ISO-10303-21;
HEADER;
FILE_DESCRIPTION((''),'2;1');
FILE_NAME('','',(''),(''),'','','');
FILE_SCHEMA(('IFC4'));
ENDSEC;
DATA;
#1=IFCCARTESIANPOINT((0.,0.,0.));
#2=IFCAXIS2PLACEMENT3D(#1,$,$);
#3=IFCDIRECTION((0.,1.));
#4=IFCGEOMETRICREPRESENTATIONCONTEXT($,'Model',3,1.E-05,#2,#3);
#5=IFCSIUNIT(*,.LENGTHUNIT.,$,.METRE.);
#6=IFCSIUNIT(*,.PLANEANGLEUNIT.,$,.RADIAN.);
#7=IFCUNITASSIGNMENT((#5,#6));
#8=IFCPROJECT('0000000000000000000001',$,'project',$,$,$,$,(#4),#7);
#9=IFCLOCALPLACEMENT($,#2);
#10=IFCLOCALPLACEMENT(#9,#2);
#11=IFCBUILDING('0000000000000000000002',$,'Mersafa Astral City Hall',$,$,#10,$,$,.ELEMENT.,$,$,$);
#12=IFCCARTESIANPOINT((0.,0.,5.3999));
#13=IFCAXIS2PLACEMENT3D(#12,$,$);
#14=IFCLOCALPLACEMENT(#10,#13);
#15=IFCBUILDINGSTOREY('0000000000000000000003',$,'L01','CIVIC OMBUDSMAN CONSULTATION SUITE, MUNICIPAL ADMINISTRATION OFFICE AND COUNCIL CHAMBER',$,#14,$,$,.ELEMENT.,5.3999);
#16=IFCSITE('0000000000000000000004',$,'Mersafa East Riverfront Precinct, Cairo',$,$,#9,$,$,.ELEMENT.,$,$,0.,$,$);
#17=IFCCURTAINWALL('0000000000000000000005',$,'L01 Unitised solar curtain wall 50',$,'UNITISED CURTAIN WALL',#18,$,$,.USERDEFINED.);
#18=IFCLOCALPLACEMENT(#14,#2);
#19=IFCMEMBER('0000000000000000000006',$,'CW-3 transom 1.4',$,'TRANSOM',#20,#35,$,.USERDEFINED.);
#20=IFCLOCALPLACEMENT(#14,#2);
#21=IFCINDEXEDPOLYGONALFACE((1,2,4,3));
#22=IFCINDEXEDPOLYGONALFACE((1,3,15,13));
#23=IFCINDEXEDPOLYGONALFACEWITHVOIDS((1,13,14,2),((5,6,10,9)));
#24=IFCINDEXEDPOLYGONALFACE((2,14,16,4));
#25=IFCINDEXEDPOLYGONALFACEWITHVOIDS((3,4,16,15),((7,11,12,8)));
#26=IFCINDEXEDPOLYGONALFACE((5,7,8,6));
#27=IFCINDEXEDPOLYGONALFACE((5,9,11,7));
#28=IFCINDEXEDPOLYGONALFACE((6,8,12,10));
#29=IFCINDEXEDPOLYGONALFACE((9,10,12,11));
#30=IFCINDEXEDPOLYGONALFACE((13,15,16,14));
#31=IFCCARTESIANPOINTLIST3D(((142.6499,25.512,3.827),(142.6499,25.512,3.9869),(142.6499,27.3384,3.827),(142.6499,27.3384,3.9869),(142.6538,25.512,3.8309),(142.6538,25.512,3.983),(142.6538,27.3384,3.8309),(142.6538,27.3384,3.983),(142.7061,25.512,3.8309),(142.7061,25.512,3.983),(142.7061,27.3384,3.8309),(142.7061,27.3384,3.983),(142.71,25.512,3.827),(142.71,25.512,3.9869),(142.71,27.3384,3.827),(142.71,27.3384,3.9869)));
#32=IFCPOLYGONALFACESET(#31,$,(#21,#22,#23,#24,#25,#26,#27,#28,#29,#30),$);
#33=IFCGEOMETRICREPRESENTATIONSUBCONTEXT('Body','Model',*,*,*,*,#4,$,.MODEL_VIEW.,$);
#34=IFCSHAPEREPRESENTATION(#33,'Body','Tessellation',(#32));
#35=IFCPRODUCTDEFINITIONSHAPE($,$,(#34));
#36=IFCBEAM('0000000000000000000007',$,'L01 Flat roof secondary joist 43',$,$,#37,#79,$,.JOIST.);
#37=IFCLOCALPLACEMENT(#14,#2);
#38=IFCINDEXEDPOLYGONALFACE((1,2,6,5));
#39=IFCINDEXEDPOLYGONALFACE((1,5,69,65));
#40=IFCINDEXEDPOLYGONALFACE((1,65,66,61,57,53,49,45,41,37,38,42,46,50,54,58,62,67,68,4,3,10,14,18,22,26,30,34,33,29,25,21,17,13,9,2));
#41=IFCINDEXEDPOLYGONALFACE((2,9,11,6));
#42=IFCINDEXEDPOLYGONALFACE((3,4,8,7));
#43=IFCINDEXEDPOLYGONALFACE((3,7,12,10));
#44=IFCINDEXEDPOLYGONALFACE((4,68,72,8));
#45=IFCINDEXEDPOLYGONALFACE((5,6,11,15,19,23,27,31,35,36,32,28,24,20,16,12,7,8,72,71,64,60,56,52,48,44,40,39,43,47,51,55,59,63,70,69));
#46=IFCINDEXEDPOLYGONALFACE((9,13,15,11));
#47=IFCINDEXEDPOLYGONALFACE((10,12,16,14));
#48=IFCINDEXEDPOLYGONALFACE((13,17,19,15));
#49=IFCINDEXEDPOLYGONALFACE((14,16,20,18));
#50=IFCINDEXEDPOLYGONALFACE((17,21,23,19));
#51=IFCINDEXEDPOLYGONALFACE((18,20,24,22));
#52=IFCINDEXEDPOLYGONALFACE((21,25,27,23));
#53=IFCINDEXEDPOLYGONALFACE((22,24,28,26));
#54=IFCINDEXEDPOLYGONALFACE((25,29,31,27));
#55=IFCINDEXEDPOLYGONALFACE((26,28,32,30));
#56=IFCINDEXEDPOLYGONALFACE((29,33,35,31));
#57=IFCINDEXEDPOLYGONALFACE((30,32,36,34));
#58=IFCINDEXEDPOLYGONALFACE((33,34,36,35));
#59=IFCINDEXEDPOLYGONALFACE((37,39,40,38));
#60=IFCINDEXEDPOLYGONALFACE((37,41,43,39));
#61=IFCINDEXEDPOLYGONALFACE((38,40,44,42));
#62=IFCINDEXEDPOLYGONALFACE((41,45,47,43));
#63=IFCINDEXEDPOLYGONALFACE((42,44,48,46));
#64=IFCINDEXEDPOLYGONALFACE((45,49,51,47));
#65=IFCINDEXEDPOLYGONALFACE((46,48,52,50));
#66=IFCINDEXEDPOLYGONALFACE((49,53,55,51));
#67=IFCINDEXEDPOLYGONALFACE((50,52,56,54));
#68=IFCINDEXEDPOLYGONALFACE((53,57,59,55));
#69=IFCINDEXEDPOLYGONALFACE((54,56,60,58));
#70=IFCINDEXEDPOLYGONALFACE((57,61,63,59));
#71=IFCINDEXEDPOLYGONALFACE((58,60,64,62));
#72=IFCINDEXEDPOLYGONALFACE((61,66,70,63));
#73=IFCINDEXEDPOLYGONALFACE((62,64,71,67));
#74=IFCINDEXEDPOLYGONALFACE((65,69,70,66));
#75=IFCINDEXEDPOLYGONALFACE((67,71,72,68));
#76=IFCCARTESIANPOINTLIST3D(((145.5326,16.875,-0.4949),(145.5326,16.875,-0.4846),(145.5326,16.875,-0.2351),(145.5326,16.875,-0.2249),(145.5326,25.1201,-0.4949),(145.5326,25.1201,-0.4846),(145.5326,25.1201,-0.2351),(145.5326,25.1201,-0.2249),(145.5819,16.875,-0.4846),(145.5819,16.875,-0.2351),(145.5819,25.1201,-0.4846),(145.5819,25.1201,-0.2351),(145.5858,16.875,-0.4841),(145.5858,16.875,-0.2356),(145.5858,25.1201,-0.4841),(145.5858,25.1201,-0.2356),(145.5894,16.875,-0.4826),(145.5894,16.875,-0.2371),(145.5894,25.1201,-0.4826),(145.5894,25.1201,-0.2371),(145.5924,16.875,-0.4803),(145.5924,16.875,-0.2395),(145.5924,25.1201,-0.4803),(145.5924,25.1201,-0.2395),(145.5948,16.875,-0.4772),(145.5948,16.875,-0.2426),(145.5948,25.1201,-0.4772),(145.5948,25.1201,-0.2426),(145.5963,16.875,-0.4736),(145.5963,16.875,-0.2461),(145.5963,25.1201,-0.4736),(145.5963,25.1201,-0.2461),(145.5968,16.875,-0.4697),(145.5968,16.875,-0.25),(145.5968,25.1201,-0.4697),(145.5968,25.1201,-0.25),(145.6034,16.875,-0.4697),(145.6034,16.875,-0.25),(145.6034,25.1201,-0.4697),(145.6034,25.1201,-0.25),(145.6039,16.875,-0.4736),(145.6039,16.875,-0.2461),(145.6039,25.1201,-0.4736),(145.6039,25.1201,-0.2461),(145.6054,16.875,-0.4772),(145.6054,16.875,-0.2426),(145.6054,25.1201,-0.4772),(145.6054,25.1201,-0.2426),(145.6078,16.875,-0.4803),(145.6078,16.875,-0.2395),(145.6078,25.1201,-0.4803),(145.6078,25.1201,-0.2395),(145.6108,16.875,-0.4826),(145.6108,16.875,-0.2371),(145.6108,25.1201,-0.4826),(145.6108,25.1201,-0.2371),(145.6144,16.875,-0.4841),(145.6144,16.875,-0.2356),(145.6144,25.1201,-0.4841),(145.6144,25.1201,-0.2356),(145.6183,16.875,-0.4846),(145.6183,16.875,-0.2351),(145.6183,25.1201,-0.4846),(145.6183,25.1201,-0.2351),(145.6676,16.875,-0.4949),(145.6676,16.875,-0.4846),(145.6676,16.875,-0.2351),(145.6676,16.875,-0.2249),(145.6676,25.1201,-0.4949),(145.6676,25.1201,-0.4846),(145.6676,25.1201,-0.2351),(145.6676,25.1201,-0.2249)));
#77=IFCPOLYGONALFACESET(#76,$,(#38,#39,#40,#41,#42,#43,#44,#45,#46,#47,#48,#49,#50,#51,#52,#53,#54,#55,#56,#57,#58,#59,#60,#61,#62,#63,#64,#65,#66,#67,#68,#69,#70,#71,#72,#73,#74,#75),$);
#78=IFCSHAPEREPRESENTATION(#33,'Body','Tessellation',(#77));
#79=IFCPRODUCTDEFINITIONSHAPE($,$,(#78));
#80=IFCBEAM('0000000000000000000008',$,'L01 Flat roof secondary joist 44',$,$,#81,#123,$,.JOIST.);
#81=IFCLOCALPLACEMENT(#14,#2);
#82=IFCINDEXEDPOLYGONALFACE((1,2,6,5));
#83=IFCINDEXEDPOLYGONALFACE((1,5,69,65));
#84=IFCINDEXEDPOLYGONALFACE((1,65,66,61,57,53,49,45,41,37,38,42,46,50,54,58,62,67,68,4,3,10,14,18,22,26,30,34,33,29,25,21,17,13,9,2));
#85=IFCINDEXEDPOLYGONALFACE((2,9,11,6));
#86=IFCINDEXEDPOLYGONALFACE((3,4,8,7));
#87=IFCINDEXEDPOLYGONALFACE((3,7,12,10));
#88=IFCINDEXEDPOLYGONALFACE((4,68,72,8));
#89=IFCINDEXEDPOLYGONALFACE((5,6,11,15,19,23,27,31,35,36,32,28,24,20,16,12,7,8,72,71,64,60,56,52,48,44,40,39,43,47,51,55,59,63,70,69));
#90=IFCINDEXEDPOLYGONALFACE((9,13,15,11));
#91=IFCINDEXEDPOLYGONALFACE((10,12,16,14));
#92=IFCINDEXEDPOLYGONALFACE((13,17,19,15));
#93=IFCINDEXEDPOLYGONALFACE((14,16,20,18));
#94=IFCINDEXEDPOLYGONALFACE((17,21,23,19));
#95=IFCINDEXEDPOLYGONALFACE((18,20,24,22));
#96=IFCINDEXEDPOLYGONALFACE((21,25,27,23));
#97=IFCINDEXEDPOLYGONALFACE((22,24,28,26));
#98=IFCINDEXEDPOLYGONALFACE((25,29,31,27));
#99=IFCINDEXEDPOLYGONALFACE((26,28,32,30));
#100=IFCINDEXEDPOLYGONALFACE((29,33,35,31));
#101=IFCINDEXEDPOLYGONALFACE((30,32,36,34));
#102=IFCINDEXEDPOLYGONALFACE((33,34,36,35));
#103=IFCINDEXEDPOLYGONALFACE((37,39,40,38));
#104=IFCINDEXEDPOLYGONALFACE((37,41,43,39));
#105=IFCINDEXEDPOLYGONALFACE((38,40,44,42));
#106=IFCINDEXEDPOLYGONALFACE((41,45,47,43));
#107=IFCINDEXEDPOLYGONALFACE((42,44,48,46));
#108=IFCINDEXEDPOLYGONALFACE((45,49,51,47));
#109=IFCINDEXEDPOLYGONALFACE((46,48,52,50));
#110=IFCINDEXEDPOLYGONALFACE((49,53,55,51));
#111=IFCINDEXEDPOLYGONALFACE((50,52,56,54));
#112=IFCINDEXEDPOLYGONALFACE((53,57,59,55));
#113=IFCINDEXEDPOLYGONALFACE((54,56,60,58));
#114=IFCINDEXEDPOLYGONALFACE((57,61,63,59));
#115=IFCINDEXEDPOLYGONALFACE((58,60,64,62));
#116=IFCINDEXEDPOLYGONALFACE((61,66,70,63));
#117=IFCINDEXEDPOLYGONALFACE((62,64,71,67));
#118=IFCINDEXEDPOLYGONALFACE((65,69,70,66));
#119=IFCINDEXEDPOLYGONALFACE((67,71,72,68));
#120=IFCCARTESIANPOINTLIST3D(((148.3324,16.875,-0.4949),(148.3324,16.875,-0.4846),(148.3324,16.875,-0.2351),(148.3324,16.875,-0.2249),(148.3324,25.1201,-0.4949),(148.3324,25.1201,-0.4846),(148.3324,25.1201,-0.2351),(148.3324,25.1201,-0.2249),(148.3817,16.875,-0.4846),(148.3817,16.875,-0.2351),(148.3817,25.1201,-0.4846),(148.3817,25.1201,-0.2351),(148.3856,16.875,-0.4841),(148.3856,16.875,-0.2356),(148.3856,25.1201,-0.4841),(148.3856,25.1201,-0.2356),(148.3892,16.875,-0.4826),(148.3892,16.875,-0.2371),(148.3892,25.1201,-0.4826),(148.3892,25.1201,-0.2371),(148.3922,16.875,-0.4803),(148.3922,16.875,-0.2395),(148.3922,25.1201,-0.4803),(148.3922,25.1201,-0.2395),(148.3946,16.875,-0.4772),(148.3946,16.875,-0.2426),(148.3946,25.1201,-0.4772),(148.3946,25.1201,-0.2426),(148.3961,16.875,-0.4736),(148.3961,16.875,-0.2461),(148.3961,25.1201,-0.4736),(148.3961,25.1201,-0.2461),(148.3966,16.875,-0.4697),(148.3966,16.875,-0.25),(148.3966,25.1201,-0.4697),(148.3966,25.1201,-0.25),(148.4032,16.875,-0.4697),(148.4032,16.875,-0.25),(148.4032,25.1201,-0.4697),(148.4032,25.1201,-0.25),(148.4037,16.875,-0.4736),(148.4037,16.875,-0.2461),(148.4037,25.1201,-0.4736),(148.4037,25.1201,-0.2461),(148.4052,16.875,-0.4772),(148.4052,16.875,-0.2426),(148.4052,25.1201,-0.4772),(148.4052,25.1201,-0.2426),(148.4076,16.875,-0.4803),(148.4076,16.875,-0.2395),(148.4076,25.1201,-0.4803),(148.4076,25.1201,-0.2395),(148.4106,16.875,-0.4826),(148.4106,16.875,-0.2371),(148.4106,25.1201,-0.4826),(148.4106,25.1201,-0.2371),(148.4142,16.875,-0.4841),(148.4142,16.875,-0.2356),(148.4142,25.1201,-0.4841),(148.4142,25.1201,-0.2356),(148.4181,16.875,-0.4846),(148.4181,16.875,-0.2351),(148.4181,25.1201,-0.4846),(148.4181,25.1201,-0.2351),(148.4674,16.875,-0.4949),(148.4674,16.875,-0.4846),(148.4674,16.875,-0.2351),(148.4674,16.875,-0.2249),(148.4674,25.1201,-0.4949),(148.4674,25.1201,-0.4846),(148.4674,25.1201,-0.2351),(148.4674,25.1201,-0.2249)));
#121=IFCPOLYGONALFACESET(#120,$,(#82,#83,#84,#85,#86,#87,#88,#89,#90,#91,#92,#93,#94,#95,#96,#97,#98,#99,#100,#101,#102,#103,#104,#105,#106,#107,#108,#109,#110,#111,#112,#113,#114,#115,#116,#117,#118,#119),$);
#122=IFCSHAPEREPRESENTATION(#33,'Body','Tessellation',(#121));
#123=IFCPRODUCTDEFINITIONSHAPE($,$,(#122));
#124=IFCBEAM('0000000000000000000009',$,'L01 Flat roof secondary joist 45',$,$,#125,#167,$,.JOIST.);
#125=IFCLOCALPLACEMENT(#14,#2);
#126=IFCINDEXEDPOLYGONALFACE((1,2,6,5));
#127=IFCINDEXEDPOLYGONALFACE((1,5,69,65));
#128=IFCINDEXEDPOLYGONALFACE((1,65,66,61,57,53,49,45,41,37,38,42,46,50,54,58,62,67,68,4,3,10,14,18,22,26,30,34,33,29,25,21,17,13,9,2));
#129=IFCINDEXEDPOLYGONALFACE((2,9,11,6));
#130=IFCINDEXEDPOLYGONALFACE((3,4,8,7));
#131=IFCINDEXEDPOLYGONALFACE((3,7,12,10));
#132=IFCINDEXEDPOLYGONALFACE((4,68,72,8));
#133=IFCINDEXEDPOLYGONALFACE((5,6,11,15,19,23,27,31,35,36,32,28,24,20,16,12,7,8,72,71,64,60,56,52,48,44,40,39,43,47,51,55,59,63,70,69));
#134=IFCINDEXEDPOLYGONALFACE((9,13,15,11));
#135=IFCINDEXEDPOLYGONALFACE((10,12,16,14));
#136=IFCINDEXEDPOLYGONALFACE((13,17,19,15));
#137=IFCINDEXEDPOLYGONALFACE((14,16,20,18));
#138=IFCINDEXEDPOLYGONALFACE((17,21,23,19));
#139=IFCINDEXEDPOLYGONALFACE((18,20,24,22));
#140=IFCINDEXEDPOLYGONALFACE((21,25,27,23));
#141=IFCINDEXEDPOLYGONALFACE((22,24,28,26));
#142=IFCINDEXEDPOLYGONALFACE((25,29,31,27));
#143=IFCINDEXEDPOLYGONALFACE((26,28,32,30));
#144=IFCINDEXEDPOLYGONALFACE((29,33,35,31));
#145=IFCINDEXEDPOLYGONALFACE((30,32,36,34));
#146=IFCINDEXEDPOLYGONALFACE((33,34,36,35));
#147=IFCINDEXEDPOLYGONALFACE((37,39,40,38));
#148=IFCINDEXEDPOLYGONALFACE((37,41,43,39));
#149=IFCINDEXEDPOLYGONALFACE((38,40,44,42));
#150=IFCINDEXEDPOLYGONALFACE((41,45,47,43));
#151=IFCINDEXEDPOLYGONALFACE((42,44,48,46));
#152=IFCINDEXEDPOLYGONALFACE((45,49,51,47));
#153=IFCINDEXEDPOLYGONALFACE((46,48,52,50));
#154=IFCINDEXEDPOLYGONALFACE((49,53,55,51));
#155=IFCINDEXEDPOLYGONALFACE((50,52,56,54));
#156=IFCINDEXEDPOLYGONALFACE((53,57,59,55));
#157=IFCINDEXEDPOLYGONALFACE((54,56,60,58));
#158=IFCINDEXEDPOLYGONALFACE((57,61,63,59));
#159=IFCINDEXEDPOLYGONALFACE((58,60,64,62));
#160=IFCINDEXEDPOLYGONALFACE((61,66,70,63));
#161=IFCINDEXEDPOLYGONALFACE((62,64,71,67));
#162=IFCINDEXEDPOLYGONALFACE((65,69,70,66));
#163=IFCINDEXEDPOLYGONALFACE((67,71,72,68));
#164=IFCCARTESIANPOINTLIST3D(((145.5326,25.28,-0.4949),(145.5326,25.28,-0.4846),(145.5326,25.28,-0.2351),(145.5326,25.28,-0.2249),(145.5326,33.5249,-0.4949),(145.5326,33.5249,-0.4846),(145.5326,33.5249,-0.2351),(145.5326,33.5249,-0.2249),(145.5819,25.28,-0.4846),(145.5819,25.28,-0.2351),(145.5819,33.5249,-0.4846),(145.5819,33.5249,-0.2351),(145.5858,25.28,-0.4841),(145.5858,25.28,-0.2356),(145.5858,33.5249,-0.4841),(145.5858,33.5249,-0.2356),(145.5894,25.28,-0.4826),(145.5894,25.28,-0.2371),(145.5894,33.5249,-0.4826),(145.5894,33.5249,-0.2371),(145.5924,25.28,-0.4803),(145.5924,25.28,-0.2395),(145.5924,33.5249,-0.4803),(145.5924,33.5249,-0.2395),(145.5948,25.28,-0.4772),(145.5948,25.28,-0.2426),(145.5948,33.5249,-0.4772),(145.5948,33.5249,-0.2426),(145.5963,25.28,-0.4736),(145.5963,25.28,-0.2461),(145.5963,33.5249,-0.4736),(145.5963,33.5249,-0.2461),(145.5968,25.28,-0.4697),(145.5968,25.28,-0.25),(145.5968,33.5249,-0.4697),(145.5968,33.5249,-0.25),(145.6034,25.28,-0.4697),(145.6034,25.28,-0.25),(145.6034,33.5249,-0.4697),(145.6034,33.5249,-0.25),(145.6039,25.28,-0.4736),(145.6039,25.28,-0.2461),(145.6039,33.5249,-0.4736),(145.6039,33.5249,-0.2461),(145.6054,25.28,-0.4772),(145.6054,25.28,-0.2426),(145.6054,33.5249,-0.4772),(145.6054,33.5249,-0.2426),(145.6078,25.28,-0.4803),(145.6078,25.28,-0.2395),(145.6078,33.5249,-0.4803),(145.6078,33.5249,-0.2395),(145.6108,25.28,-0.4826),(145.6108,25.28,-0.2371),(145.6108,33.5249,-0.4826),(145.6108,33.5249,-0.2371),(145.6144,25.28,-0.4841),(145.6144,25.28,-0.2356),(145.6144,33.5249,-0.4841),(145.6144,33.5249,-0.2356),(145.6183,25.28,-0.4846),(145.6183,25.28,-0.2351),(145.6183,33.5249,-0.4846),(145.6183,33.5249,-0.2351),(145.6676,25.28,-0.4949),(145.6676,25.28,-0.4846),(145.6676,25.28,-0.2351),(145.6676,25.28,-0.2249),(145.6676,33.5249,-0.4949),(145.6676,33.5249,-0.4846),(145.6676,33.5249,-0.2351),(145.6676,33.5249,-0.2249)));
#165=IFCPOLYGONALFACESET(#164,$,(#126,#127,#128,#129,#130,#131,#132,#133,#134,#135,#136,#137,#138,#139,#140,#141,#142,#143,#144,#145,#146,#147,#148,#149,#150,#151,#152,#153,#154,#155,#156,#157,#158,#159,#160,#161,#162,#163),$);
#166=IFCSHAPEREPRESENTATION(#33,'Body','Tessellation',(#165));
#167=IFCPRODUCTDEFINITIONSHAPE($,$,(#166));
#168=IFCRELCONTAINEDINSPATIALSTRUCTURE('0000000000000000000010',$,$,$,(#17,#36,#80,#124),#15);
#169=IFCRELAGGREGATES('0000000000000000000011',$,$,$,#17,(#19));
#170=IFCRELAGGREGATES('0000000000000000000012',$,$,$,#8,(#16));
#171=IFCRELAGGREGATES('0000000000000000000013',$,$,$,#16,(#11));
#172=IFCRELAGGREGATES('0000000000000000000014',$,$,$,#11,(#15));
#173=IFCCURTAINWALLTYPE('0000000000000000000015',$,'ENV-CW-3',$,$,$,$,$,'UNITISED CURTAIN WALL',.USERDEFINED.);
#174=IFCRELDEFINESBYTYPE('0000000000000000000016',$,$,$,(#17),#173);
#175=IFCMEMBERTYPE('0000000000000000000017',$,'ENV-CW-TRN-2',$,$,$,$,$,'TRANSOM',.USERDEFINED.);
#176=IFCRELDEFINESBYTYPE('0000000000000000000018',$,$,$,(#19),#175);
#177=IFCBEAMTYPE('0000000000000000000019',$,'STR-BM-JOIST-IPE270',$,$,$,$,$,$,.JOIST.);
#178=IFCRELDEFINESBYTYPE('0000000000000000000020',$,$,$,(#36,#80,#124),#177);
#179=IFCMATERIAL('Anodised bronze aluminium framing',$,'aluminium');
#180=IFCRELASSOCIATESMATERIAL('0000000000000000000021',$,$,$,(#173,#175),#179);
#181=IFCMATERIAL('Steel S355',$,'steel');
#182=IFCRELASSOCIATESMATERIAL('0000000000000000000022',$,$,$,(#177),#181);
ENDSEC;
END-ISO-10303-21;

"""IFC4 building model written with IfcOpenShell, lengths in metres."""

from ifc_helpers import new_model, si_unit, direction, frame, origin, origin_2d, place, context, subcontext, project, spatial, hollow_rectangle, i_section, extrude, material, material_profile, profile_set, type_object, element, aggregate, save


model = new_model("IFC4")

# Units and contexts
model_context = context("Model", 3, precision=1e-05, world=origin(), true_north=direction((0.0, 1.0)))
body_context = subcontext(model_context, "Body", "Model", "MODEL_VIEW")
ifc_project = project(units=[si_unit("LENGTHUNIT", "METRE"), si_unit("PLANEANGLEUNIT", "RADIAN")], contexts=[model_context])

# Site, building, storey
site_placement = place(None, origin())
site = spatial("IfcSite", under=ifc_project, at=site_placement, Name="Mersafa East Riverfront Precinct, Cairo", CompositionType="ELEMENT", RefElevation=0.0)
building_placement = place(site_placement, origin())
building = spatial("IfcBuilding", under=site, at=building_placement, Name="Mersafa Astral City Hall", CompositionType="ELEMENT")
storey_placement = place(building_placement, frame((0.0, 0.0, 5.3999)))
storey = spatial("IfcBuildingStorey", under=building, at=storey_placement, Name="L01", Description="CIVIC OMBUDSMAN CONSULTATION SUITE, MUNICIPAL ADMINISTRATION OFFICE AND COUNCIL CHAMBER", CompositionType="ELEMENT", Elevation=5.3999)

# Shared definitions
ifc_material_1 = material(Name="Steel S355", Category="steel")

# Shared definitions
ifc_material_2 = material(Name="Anodised bronze aluminium framing", Category="aluminium")

# Curtain wall, member
curtain_wall_type_1 = type_object("IfcCurtainWallType", Name="ENV-CW-3", ElementType="UNITISED CURTAIN WALL", PredefinedType="USERDEFINED", material=ifc_material_2)
curtain_wall_1_placement = place(storey_placement, origin())
curtain_wall_1 = element("IfcCurtainWall", 1, at=curtain_wall_1_placement, inside=storey, type_object=curtain_wall_type_1, Name="L01 Unitised solar curtain wall 50", ObjectType="UNITISED CURTAIN WALL", PredefinedType="USERDEFINED")
ifc_material_profile_1 = material_profile(ifc_material_2, hollow_rectangle(XDim=0.0601, YDim=0.1599, WallThickness=0.0039, at=origin_2d()), Name="RHS 60x160x4")
ifc_profile_set_1 = profile_set([ifc_material_profile_1], Name="Anodised bronze aluminium framing")
member_type_1 = type_object("IfcMemberType", Name="ENV-CW-TRN-2", ElementType="TRANSOM", PredefinedType="USERDEFINED", material=ifc_profile_set_1)
member_1_placement = place(storey_placement, frame((142.6799, 25.512, 3.907), z_axis=(0.0, 1.0, 0.0), x_axis=(-1.0, 0.0, 0.0)))
member_1 = element("IfcMember", 2, at=member_1_placement, type_object=member_type_1, Name="CW-3 transom 1.4", ObjectType="TRANSOM", PredefinedType="USERDEFINED", context=body_context, shape_type="SweptSolid", body=[
    extrude(hollow_rectangle(XDim=0.0601, YDim=0.1599, WallThickness=0.0039, at=origin_2d()), origin(), (0.0, 0.0, 1.0), 1.8264),
])

# Beams
ifc_material_profile_2 = material_profile(ifc_material_1, i_section(OverallWidth=0.135, OverallDepth=0.27, WebThickness=0.0066, FlangeThickness=0.0103, FilletRadius=0.0149, at=origin_2d()), Name="IPE 270")
ifc_profile_set_2 = profile_set([ifc_material_profile_2], Name="Steel S355")
beam_type_1 = type_object("IfcBeamType", Name="STR-BM-JOIST-IPE270", PredefinedType="JOIST", material=ifc_profile_set_2)
for number, where, z_axis, x_axis, name in (
    (3, (145.6001, 16.875, -0.3599), (0.0, 1.0, 0.0), (-1.0, 0.0, 0.0), "L01 Flat roof secondary joist 43"),
    (4, (148.3999, 16.875, -0.3599), (0.0, 1.0, 0.0), (-1.0, 0.0, 0.0), "L01 Flat roof secondary joist 44"),
):
    element("IfcBeam", number, at=place(storey_placement, frame(where, z_axis=z_axis, x_axis=x_axis)), inside=storey, type_object=beam_type_1, Name=name, PredefinedType="JOIST", context=body_context, shape_type="SweptSolid", body=[
        extrude(i_section(OverallWidth=0.135, OverallDepth=0.27, WebThickness=0.0066, FlangeThickness=0.0103, FilletRadius=0.0149, at=origin_2d()), origin(), (0.0, 0.0, 1.0), 8.2451),
    ])
for number, where, z_axis, x_axis, name in (
    (5, (145.6001, 25.28, -0.3599), (0.0, 1.0, 0.0), (-1.0, 0.0, 0.0), "L01 Flat roof secondary joist 45"),
):
    element("IfcBeam", number, at=place(storey_placement, frame(where, z_axis=z_axis, x_axis=x_axis)), inside=storey, type_object=beam_type_1, Name=name, PredefinedType="JOIST", context=body_context, shape_type="SweptSolid", body=[
        extrude(i_section(OverallWidth=0.135, OverallDepth=0.27, WebThickness=0.0066, FlangeThickness=0.0103, FilletRadius=0.0149, at=origin_2d()), origin(), (0.0, 0.0, 1.0), 8.2449),
    ])

aggregate(curtain_wall_1, [member_1])

save(model, "model.ifc")
